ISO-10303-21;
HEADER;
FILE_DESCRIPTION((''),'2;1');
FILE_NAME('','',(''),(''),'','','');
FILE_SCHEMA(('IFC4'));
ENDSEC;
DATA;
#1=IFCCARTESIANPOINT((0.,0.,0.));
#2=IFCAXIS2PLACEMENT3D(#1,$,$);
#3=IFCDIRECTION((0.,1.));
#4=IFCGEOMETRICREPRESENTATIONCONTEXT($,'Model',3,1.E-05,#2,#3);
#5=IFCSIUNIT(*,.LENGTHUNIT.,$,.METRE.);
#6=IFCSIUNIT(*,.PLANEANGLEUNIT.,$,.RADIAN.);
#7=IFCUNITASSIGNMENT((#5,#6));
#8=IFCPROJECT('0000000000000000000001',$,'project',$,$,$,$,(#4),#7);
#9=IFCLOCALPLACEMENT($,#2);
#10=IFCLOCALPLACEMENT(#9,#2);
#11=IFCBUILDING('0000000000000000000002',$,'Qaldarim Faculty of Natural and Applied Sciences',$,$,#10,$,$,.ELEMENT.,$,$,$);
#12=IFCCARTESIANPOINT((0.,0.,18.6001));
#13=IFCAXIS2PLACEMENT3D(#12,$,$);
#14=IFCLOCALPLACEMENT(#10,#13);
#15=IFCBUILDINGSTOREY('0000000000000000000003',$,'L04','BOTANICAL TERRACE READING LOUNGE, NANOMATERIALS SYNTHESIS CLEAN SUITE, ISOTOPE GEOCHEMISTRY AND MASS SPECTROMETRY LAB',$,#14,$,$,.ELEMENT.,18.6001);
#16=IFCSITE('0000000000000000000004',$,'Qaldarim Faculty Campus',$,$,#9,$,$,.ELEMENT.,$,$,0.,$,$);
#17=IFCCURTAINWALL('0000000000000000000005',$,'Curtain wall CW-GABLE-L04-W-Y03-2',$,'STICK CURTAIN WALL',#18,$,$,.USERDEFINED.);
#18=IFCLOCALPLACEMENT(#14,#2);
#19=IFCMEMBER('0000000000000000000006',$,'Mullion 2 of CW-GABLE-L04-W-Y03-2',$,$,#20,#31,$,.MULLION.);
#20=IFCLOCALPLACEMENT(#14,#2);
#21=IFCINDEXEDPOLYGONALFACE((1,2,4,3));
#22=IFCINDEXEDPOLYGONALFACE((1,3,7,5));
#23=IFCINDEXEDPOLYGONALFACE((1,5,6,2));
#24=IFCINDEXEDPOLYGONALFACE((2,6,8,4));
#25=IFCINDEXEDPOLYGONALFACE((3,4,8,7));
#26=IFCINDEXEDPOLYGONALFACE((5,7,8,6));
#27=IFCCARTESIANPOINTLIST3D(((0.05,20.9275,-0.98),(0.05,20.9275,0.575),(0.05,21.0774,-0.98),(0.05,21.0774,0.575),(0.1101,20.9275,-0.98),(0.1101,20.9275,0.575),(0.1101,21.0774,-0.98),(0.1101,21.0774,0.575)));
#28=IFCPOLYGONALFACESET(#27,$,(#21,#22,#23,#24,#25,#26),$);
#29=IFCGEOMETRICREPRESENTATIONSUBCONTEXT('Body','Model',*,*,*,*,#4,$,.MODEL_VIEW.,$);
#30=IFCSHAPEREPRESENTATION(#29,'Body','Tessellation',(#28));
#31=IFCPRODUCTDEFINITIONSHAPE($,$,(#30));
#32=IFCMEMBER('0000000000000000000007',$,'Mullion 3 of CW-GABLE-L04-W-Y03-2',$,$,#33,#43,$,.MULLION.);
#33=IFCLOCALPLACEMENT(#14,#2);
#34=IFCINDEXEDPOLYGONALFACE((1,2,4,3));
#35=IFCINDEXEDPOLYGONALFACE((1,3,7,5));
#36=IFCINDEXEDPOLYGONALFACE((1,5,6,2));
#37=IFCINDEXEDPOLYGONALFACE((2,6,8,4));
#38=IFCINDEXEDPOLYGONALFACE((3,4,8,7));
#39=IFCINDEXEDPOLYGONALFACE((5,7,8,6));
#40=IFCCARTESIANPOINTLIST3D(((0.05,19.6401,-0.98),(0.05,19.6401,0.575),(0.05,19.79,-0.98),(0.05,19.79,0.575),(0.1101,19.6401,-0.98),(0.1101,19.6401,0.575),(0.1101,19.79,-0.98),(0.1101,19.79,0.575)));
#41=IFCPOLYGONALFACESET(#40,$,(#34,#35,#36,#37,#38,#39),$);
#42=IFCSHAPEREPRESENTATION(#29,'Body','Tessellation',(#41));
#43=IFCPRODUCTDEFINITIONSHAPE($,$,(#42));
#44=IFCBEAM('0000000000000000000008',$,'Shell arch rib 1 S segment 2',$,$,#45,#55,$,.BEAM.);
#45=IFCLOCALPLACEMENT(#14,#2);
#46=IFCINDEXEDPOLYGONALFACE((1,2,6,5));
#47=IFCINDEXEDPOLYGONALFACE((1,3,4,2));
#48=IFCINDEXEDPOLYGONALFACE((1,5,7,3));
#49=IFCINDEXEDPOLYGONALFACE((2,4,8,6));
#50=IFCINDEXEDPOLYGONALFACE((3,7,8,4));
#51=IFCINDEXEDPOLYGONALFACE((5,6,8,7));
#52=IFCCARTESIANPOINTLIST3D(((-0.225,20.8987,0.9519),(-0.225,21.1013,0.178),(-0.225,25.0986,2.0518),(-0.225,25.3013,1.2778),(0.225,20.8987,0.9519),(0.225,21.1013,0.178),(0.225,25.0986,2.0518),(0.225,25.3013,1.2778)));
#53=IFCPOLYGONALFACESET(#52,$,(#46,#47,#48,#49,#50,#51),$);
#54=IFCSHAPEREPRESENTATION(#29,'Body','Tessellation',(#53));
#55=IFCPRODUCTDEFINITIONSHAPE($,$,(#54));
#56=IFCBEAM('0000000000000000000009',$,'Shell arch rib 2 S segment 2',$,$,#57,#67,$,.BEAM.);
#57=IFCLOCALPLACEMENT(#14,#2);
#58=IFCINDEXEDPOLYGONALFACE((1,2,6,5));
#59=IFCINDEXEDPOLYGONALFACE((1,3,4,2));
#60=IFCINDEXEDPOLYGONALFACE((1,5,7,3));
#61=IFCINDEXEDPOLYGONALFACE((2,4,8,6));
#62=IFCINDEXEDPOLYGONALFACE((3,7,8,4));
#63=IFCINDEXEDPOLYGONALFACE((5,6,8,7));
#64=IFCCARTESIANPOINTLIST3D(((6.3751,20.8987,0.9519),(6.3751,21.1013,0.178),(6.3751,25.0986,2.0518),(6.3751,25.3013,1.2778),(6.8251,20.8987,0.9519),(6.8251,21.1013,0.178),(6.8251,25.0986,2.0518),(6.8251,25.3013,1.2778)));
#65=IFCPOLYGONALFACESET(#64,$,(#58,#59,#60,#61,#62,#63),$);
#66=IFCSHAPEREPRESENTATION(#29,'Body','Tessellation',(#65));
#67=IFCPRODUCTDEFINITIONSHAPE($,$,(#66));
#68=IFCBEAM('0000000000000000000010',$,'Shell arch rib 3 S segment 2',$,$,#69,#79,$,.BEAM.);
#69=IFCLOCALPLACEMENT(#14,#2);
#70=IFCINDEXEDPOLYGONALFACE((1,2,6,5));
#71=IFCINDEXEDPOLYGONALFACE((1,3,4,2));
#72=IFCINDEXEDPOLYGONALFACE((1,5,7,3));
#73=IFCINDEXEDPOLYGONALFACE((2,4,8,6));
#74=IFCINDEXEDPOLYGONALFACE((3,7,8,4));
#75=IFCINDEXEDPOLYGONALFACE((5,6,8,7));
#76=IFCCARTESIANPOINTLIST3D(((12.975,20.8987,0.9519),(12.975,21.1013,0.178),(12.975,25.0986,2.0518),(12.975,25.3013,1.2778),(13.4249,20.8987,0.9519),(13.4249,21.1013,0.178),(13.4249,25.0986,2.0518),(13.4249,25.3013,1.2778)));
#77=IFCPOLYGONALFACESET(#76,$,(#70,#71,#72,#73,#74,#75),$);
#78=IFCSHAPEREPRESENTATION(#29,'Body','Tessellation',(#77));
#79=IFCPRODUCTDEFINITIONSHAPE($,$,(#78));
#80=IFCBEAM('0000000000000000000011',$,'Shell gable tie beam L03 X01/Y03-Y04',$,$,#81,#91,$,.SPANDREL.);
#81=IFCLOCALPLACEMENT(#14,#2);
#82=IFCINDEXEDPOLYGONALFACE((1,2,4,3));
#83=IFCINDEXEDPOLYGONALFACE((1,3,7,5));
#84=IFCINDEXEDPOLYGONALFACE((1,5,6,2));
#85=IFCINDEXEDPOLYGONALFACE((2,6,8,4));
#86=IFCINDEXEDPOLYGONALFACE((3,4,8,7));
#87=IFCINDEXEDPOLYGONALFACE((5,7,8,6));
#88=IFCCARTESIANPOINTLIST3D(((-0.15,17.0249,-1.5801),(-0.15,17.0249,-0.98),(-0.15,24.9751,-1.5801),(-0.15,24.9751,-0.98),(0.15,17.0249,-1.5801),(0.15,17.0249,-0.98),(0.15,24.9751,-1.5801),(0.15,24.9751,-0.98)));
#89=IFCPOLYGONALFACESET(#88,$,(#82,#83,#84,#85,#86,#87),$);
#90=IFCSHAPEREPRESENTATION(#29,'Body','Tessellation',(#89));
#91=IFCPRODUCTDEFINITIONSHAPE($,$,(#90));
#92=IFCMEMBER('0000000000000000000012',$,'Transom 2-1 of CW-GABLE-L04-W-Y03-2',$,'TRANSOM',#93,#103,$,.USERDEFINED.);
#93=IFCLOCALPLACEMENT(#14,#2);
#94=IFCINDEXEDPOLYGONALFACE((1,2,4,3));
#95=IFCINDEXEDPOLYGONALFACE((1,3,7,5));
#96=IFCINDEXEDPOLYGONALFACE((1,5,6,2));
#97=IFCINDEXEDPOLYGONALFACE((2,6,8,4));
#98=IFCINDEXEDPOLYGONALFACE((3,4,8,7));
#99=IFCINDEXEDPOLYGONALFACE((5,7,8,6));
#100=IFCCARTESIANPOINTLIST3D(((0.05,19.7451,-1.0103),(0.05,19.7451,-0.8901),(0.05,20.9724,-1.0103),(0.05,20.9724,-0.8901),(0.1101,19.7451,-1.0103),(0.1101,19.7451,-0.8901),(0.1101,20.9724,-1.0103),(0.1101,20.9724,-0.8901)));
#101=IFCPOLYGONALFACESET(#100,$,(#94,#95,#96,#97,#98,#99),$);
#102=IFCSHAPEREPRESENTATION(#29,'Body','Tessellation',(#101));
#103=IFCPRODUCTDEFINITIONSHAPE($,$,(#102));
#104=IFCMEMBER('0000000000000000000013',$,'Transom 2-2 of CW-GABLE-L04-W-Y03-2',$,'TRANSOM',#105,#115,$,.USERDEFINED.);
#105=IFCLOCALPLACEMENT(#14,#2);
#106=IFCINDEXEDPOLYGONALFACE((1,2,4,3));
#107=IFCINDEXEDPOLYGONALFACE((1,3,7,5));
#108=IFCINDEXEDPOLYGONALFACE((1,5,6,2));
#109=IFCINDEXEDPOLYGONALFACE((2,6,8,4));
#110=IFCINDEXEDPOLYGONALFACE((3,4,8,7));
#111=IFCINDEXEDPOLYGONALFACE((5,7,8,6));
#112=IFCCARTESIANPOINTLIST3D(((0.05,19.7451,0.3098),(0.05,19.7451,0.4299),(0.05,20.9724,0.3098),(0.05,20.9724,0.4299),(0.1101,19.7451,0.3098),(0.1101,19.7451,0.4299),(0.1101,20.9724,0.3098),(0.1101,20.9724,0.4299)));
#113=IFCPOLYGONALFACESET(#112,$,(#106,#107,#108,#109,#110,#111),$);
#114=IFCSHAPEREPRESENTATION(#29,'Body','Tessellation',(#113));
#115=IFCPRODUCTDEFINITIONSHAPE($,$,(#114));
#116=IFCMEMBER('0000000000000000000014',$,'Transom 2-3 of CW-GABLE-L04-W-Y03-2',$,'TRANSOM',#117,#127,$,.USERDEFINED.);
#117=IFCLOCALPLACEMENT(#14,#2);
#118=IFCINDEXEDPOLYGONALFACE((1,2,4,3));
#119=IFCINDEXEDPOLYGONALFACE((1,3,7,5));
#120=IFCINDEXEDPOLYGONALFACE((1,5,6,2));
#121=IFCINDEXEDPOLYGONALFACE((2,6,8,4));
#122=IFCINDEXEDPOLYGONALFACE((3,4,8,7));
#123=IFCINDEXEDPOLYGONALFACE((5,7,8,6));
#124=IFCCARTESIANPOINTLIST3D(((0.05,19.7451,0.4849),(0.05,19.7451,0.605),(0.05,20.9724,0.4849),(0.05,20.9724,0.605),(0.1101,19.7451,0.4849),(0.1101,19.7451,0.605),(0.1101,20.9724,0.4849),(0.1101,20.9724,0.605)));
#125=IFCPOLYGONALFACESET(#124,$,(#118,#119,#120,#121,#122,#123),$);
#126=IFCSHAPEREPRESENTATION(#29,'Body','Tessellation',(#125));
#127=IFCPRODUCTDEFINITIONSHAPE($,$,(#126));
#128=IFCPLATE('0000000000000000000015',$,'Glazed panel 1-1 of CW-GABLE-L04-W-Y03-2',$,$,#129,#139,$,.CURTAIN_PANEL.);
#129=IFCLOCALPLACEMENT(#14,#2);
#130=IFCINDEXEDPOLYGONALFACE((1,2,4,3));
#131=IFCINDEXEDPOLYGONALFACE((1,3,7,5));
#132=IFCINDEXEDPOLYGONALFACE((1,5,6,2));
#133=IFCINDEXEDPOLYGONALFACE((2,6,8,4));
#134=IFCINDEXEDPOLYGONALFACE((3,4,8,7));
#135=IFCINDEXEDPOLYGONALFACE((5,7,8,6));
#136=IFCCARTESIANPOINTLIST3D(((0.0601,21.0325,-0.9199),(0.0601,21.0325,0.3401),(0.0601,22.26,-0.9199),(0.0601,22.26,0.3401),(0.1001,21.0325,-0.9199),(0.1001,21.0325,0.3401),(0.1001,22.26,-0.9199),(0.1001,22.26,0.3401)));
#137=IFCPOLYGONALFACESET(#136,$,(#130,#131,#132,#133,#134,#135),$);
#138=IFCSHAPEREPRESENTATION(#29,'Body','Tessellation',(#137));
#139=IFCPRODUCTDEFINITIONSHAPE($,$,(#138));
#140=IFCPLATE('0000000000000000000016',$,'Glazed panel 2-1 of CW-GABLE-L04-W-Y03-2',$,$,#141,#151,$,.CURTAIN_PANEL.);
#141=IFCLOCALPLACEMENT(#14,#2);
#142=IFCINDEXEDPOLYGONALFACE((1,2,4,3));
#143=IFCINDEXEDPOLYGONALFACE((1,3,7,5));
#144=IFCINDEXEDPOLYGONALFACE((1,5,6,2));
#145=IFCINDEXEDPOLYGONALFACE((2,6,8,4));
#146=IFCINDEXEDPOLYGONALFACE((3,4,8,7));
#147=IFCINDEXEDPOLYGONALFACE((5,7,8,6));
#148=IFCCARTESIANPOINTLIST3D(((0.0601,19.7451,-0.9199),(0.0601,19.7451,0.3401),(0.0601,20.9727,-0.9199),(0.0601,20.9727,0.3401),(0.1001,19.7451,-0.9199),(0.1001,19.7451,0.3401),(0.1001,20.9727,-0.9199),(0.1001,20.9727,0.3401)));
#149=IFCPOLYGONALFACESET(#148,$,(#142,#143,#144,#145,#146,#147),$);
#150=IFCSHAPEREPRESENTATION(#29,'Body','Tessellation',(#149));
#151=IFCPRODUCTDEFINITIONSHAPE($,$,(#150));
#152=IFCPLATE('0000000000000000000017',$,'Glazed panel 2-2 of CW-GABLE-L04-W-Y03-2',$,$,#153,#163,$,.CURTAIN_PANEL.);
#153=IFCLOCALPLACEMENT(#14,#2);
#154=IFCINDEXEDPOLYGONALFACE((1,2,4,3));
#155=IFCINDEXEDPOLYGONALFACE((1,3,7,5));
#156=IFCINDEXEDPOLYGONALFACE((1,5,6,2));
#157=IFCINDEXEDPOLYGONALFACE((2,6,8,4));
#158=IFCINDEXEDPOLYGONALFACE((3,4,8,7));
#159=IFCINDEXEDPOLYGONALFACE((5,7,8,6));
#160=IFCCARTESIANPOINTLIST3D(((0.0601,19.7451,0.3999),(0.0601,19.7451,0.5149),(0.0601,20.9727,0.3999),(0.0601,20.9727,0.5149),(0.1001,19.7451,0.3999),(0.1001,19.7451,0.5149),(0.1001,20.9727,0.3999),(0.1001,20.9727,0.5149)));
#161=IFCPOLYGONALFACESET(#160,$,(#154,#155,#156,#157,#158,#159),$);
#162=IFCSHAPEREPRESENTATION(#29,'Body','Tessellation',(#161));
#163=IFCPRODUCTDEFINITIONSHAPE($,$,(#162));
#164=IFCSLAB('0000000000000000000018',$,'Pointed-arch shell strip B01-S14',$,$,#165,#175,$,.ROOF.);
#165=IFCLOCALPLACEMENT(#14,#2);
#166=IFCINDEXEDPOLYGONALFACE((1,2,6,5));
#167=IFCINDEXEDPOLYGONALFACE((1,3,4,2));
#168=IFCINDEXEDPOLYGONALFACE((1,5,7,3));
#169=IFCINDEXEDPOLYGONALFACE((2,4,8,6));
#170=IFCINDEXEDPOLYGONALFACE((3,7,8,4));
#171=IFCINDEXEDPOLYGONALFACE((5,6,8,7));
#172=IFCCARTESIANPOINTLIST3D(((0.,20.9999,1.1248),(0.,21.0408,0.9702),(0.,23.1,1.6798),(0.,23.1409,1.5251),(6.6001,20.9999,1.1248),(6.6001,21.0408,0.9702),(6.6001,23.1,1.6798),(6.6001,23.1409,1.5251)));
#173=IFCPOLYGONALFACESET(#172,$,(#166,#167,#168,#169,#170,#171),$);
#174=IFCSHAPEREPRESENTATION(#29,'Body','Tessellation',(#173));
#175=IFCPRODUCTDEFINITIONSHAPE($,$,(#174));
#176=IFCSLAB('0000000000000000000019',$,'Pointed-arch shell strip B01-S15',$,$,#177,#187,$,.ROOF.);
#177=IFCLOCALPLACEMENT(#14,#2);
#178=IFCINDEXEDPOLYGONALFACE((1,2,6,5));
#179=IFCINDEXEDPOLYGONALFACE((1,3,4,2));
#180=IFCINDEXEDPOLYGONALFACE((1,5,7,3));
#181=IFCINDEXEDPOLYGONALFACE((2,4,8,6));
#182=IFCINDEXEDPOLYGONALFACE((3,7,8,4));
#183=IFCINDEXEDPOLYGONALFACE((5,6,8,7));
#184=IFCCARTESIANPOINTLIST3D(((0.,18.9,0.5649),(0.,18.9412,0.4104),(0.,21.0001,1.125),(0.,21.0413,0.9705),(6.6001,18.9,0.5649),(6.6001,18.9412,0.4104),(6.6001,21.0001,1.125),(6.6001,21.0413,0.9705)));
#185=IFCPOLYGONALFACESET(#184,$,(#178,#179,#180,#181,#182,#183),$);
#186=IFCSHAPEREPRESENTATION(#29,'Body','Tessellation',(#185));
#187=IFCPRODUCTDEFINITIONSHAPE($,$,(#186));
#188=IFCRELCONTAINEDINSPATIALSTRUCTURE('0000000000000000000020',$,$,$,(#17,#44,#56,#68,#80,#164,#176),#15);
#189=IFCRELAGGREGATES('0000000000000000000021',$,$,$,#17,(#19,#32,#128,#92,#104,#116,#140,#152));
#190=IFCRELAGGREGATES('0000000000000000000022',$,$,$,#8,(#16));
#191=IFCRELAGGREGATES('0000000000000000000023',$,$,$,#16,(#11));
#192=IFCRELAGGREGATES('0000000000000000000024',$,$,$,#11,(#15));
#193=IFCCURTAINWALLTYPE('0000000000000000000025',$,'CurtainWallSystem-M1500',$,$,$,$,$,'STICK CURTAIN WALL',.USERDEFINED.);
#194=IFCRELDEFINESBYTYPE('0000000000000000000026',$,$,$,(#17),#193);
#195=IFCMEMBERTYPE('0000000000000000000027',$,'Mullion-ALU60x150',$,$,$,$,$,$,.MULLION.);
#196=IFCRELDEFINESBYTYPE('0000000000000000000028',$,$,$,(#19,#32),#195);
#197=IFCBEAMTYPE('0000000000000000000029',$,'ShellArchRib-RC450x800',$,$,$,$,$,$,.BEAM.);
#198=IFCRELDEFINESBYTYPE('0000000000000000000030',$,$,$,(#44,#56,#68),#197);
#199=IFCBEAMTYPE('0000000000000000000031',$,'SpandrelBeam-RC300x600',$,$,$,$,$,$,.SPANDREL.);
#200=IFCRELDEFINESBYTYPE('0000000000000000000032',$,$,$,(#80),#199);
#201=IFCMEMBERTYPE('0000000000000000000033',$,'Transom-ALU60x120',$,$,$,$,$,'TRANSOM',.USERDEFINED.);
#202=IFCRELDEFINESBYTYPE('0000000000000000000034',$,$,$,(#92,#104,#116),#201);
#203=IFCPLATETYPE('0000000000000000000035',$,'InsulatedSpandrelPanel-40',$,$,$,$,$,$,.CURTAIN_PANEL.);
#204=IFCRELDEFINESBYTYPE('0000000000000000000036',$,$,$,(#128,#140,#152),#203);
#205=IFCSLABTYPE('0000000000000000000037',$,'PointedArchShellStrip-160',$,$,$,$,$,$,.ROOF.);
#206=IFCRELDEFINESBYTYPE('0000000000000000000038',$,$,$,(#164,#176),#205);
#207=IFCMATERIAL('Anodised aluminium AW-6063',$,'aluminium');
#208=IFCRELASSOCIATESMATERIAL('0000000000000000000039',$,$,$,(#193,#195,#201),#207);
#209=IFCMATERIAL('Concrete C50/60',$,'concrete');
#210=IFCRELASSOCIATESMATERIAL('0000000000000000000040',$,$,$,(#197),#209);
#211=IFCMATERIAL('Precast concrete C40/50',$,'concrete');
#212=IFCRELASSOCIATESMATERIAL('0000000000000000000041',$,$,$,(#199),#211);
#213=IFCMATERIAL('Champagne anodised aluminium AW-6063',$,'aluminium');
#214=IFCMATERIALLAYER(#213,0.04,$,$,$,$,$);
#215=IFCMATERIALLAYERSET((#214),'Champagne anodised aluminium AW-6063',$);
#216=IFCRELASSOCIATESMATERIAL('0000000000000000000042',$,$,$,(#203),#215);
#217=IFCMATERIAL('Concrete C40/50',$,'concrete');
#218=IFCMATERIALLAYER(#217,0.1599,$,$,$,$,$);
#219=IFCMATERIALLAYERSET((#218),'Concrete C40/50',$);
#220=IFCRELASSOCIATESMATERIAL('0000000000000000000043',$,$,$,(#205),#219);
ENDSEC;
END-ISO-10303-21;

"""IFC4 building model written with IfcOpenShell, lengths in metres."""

from ifc_helpers import new_model, si_unit, direction, frame, origin, origin_2d, place, context, subcontext, project, spatial, polyline, rectangle, outline, extrude, material, layer, layer_set, material_profile, profile_set, type_object, element, aggregate, save


model = new_model("IFC4")

# Units and contexts
model_context = context("Model", 3, precision=1e-05, world=origin(), true_north=direction((0.0, 1.0)))
body_context = subcontext(model_context, "Body", "Model", "MODEL_VIEW")
ifc_project = project(units=[si_unit("LENGTHUNIT", "METRE"), si_unit("PLANEANGLEUNIT", "RADIAN")], contexts=[model_context])

# Site, building, storey
site_placement = place(None, origin())
site = spatial("IfcSite", under=ifc_project, at=site_placement, Name="Qaldarim Faculty Campus", CompositionType="ELEMENT", RefElevation=0.0)
building_placement = place(site_placement, origin())
building = spatial("IfcBuilding", under=site, at=building_placement, Name="Qaldarim Faculty of Natural and Applied Sciences", CompositionType="ELEMENT")
storey_placement = place(building_placement, frame((0.0, 0.0, 18.6001)))
storey = spatial("IfcBuildingStorey", under=building, at=storey_placement, Name="L04", Description="BOTANICAL TERRACE READING LOUNGE, NANOMATERIALS SYNTHESIS CLEAN SUITE, ISOTOPE GEOCHEMISTRY AND MASS SPECTROMETRY LAB", CompositionType="ELEMENT", Elevation=18.6001)

# Curtain wall, members
ifc_material_1 = material(Name="Anodised aluminium AW-6063", Category="aluminium")
curtain_wall_type = type_object("IfcCurtainWallType", Name="CurtainWallSystem-M1500", ElementType="STICK CURTAIN WALL", PredefinedType="USERDEFINED", material=ifc_material_1)
curtain_wall_placement = place(storey_placement, origin())
curtain_wall = element("IfcCurtainWall", 1, at=curtain_wall_placement, inside=storey, type_object=curtain_wall_type, Name="Curtain wall CW-GABLE-L04-W-Y03-2", ObjectType="STICK CURTAIN WALL", PredefinedType="USERDEFINED")
ifc_material_profile_1 = material_profile(ifc_material_1, rectangle(XDim=0.0601, YDim=0.1499, at=origin_2d()), Name="ALU-M60x150")
ifc_profile_set_1 = profile_set([ifc_material_profile_1], Name="Anodised aluminium AW-6063")
member_type_1 = type_object("IfcMemberType", Name="Mullion-ALU60x150", PredefinedType="MULLION", material=ifc_profile_set_1)
member_1_placement = place(storey_placement, frame((0.0801, 21.0024, -0.98), z_axis=(0.0, 0.0, 1.0), x_axis=(1.0, 0.0, 0.0)))
member_1 = element("IfcMember", 2, at=member_1_placement, type_object=member_type_1, Name="Mullion 2 of CW-GABLE-L04-W-Y03-2", PredefinedType="MULLION", context=body_context, shape_type="SweptSolid", body=[
    extrude(rectangle(XDim=0.0601, YDim=0.1499, at=origin_2d()), origin(), (0.0, 0.0, 1.0), 1.5549),
])
member_2_placement = place(storey_placement, frame((0.0801, 19.7151, -0.98), z_axis=(0.0, 0.0, 1.0), x_axis=(1.0, 0.0, 0.0)))
member_2 = element("IfcMember", 3, at=member_2_placement, type_object=member_type_1, Name="Mullion 3 of CW-GABLE-L04-W-Y03-2", PredefinedType="MULLION", context=body_context, shape_type="SweptSolid", body=[
    extrude(rectangle(XDim=0.0601, YDim=0.1499, at=origin_2d()), origin(), (0.0, 0.0, 1.0), 1.5549),
])

# Beams
ifc_material_2 = material(Name="Concrete C50/60", Category="concrete")
ifc_material_profile_2 = material_profile(ifc_material_2, rectangle(XDim=0.45, YDim=0.8, at=origin_2d()), Name="RC-RIB450x800")
ifc_profile_set_2 = profile_set([ifc_material_profile_2], Name="Concrete C50/60")
beam_type_1 = type_object("IfcBeamType", Name="ShellArchRib-RC450x800", PredefinedType="BEAM", material=ifc_profile_set_2)
for number, where, z_axis, x_axis, name in (
    (4, (0.0, 21.0, 0.5649), (0.0, 0.96738, 0.253331), (-1.0, 0.0, 0.0), "Shell arch rib 1 S segment 2"),
    (5, (6.6001, 21.0, 0.5649), (0.0, 0.96738, 0.253331), (-1.0, 0.0, 0.0), "Shell arch rib 2 S segment 2"),
    (6, (13.2, 21.0, 0.5649), (0.0, 0.96738, 0.253331), (-1.0, 0.0, 0.0), "Shell arch rib 3 S segment 2"),
):
    element("IfcBeam", number, at=place(storey_placement, frame(where, z_axis=z_axis, x_axis=x_axis)), inside=storey, type_object=beam_type_1, Name=name, PredefinedType="BEAM", context=body_context, shape_type="SweptSolid", body=[
        extrude(rectangle(XDim=0.45, YDim=0.8, at=origin_2d()), origin(), (0.0, 0.0, 1.0), 4.3416),
    ])
ifc_material_3 = material(Name="Precast concrete C40/50", Category="concrete")
ifc_material_profile_3 = material_profile(ifc_material_3, rectangle(XDim=0.3, YDim=0.6001, at=origin_2d()), Name="RC-SP300x600")
ifc_profile_set_3 = profile_set([ifc_material_profile_3], Name="Precast concrete C40/50")
beam_type_2 = type_object("IfcBeamType", Name="SpandrelBeam-RC300x600", PredefinedType="SPANDREL", material=ifc_profile_set_3)
beam_placement = place(storey_placement, frame((0.0, 17.0249, -1.28), z_axis=(0.0, 1.0, 0.0), x_axis=(-1.0, 0.0, 0.0)))
element("IfcBeam", 7, at=beam_placement, inside=storey, type_object=beam_type_2, Name="Shell gable tie beam L03 X01/Y03-Y04", PredefinedType="SPANDREL", context=body_context, shape_type="SweptSolid", body=[
    extrude(rectangle(XDim=0.3, YDim=0.6001, at=origin_2d()), origin(), (0.0, 0.0, 1.0), 7.9502),
])

# Members
ifc_material_profile_4 = material_profile(ifc_material_1, rectangle(XDim=0.0601, YDim=0.1201, at=origin_2d()), Name="ALU-T60x120")
ifc_profile_set_4 = profile_set([ifc_material_profile_4], Name="Anodised aluminium AW-6063")
member_type_2 = type_object("IfcMemberType", Name="Transom-ALU60x120", ElementType="TRANSOM", PredefinedType="USERDEFINED", material=ifc_profile_set_4)
member_3_placement = place(storey_placement, frame((0.0801, 20.9724, -0.9502), z_axis=(0.0, -1.0, 0.0), x_axis=(1.0, 0.0, 0.0)))
member_3 = element("IfcMember", 8, at=member_3_placement, type_object=member_type_2, Name="Transom 2-1 of CW-GABLE-L04-W-Y03-2", ObjectType="TRANSOM", PredefinedType="USERDEFINED", context=body_context, shape_type="SweptSolid", body=[
    extrude(rectangle(XDim=0.0601, YDim=0.1201, at=origin_2d()), origin(), (0.0, 0.0, 1.0), 1.2273),
])
member_4_placement = place(storey_placement, frame((0.0801, 20.9724, 0.3699), z_axis=(0.0, -1.0, 0.0), x_axis=(1.0, 0.0, 0.0)))
member_4 = element("IfcMember", 9, at=member_4_placement, type_object=member_type_2, Name="Transom 2-2 of CW-GABLE-L04-W-Y03-2", ObjectType="TRANSOM", PredefinedType="USERDEFINED", context=body_context, shape_type="SweptSolid", body=[
    extrude(rectangle(XDim=0.0601, YDim=0.1201, at=origin_2d()), origin(), (0.0, 0.0, 1.0), 1.2273),
])
member_5_placement = place(storey_placement, frame((0.0801, 20.9724, 0.5449), z_axis=(0.0, -1.0, 0.0), x_axis=(1.0, 0.0, 0.0)))
member_5 = element("IfcMember", 10, at=member_5_placement, type_object=member_type_2, Name="Transom 2-3 of CW-GABLE-L04-W-Y03-2", ObjectType="TRANSOM", PredefinedType="USERDEFINED", context=body_context, shape_type="SweptSolid", body=[
    extrude(rectangle(XDim=0.0601, YDim=0.1201, at=origin_2d()), origin(), (0.0, 0.0, 1.0), 1.2273),
])

# Plates
ifc_material_4 = material(Name="Champagne anodised aluminium AW-6063", Category="aluminium")
ifc_layer_1 = layer(ifc_material_4, 0.04)
ifc_layer_set_1 = layer_set([ifc_layer_1], Name="Champagne anodised aluminium AW-6063")
plate_type = type_object("IfcPlateType", Name="InsulatedSpandrelPanel-40", PredefinedType="CURTAIN_PANEL", material=ifc_layer_set_1)
plate_1_placement = place(storey_placement, frame((0.0801, 21.6462, -0.9199), z_axis=(0.0, 0.0, 1.0), x_axis=(0.0, -1.0, 0.0)))
plate_1 = element("IfcPlate", 11, at=plate_1_placement, type_object=plate_type, Name="Glazed panel 1-1 of CW-GABLE-L04-W-Y03-2", PredefinedType="CURTAIN_PANEL", context=body_context, shape_type="SweptSolid", body=[
    extrude(rectangle(XDim=1.2275, YDim=0.04, at=origin_2d()), origin(), (0.0, 0.0, 1.0), 1.26),
])
plate_2_placement = place(storey_placement, frame((0.0801, 20.3589, -0.9199), z_axis=(0.0, 0.0, 1.0), x_axis=(0.0, -1.0, 0.0)))
plate_2 = element("IfcPlate", 12, at=plate_2_placement, type_object=plate_type, Name="Glazed panel 2-1 of CW-GABLE-L04-W-Y03-2", PredefinedType="CURTAIN_PANEL", context=body_context, shape_type="SweptSolid", body=[
    extrude(rectangle(XDim=1.2275, YDim=0.04, at=origin_2d()), origin(), (0.0, 0.0, 1.0), 1.26),
])
plate_3_placement = place(storey_placement, frame((0.0801, 20.3589, 0.3999), z_axis=(0.0, 0.0, 1.0), x_axis=(0.0, -1.0, 0.0)))
plate_3 = element("IfcPlate", 13, at=plate_3_placement, type_object=plate_type, Name="Glazed panel 2-2 of CW-GABLE-L04-W-Y03-2", PredefinedType="CURTAIN_PANEL", context=body_context, shape_type="SweptSolid", body=[
    extrude(rectangle(XDim=1.2275, YDim=0.04, at=origin_2d()), origin(), (0.0, 0.0, 1.0), 0.115),
])
aggregate(curtain_wall, [member_1, member_2, plate_1, member_3, member_4, member_5, plate_2, plate_3])

# Slabs
ifc_material_5 = material(Name="Concrete C40/50", Category="concrete")
ifc_layer_2 = layer(ifc_material_5, 0.1599)
ifc_layer_set_2 = layer_set([ifc_layer_2], Name="Concrete C40/50")
slab_type = type_object("IfcSlabType", Name="PointedArchShellStrip-160", PredefinedType="ROOF", material=ifc_layer_set_2)
slab_1_placement = place(storey_placement, frame((0.0, 21.0408, 0.9702), z_axis=(0.0, -0.255472, 0.966816), x_axis=(1.0, 0.0, 0.0)))
element("IfcSlab", 14, at=slab_1_placement, inside=storey, type_object=slab_type, Name="Pointed-arch shell strip B01-S14", PredefinedType="ROOF", context=body_context, shape_type="SweptSolid", body=[
    extrude(outline(polyline([(0.0, 0.0), (6.6001, 0.0), (6.6001, 2.1722), (0.0, 2.1722), (0.0, 0.0)])), origin(), (0.0, 0.0, 1.0), 0.1599),
])
slab_2_placement = place(storey_placement, frame((0.0, 18.9412, 0.4104), z_axis=(0.0, -0.257677, 0.966231), x_axis=(1.0, 0.0, 0.0)))
element("IfcSlab", 15, at=slab_2_placement, inside=storey, type_object=slab_type, Name="Pointed-arch shell strip B01-S15", PredefinedType="ROOF", context=body_context, shape_type="SweptSolid", body=[
    extrude(outline(polyline([(0.0, 0.0), (6.6001, 0.0), (6.6001, 2.1735), (0.0, 2.1735), (0.0, 0.0)])), origin(), (0.0, 0.0, 1.0), 0.1599),
])

save(model, "model.ifc")
